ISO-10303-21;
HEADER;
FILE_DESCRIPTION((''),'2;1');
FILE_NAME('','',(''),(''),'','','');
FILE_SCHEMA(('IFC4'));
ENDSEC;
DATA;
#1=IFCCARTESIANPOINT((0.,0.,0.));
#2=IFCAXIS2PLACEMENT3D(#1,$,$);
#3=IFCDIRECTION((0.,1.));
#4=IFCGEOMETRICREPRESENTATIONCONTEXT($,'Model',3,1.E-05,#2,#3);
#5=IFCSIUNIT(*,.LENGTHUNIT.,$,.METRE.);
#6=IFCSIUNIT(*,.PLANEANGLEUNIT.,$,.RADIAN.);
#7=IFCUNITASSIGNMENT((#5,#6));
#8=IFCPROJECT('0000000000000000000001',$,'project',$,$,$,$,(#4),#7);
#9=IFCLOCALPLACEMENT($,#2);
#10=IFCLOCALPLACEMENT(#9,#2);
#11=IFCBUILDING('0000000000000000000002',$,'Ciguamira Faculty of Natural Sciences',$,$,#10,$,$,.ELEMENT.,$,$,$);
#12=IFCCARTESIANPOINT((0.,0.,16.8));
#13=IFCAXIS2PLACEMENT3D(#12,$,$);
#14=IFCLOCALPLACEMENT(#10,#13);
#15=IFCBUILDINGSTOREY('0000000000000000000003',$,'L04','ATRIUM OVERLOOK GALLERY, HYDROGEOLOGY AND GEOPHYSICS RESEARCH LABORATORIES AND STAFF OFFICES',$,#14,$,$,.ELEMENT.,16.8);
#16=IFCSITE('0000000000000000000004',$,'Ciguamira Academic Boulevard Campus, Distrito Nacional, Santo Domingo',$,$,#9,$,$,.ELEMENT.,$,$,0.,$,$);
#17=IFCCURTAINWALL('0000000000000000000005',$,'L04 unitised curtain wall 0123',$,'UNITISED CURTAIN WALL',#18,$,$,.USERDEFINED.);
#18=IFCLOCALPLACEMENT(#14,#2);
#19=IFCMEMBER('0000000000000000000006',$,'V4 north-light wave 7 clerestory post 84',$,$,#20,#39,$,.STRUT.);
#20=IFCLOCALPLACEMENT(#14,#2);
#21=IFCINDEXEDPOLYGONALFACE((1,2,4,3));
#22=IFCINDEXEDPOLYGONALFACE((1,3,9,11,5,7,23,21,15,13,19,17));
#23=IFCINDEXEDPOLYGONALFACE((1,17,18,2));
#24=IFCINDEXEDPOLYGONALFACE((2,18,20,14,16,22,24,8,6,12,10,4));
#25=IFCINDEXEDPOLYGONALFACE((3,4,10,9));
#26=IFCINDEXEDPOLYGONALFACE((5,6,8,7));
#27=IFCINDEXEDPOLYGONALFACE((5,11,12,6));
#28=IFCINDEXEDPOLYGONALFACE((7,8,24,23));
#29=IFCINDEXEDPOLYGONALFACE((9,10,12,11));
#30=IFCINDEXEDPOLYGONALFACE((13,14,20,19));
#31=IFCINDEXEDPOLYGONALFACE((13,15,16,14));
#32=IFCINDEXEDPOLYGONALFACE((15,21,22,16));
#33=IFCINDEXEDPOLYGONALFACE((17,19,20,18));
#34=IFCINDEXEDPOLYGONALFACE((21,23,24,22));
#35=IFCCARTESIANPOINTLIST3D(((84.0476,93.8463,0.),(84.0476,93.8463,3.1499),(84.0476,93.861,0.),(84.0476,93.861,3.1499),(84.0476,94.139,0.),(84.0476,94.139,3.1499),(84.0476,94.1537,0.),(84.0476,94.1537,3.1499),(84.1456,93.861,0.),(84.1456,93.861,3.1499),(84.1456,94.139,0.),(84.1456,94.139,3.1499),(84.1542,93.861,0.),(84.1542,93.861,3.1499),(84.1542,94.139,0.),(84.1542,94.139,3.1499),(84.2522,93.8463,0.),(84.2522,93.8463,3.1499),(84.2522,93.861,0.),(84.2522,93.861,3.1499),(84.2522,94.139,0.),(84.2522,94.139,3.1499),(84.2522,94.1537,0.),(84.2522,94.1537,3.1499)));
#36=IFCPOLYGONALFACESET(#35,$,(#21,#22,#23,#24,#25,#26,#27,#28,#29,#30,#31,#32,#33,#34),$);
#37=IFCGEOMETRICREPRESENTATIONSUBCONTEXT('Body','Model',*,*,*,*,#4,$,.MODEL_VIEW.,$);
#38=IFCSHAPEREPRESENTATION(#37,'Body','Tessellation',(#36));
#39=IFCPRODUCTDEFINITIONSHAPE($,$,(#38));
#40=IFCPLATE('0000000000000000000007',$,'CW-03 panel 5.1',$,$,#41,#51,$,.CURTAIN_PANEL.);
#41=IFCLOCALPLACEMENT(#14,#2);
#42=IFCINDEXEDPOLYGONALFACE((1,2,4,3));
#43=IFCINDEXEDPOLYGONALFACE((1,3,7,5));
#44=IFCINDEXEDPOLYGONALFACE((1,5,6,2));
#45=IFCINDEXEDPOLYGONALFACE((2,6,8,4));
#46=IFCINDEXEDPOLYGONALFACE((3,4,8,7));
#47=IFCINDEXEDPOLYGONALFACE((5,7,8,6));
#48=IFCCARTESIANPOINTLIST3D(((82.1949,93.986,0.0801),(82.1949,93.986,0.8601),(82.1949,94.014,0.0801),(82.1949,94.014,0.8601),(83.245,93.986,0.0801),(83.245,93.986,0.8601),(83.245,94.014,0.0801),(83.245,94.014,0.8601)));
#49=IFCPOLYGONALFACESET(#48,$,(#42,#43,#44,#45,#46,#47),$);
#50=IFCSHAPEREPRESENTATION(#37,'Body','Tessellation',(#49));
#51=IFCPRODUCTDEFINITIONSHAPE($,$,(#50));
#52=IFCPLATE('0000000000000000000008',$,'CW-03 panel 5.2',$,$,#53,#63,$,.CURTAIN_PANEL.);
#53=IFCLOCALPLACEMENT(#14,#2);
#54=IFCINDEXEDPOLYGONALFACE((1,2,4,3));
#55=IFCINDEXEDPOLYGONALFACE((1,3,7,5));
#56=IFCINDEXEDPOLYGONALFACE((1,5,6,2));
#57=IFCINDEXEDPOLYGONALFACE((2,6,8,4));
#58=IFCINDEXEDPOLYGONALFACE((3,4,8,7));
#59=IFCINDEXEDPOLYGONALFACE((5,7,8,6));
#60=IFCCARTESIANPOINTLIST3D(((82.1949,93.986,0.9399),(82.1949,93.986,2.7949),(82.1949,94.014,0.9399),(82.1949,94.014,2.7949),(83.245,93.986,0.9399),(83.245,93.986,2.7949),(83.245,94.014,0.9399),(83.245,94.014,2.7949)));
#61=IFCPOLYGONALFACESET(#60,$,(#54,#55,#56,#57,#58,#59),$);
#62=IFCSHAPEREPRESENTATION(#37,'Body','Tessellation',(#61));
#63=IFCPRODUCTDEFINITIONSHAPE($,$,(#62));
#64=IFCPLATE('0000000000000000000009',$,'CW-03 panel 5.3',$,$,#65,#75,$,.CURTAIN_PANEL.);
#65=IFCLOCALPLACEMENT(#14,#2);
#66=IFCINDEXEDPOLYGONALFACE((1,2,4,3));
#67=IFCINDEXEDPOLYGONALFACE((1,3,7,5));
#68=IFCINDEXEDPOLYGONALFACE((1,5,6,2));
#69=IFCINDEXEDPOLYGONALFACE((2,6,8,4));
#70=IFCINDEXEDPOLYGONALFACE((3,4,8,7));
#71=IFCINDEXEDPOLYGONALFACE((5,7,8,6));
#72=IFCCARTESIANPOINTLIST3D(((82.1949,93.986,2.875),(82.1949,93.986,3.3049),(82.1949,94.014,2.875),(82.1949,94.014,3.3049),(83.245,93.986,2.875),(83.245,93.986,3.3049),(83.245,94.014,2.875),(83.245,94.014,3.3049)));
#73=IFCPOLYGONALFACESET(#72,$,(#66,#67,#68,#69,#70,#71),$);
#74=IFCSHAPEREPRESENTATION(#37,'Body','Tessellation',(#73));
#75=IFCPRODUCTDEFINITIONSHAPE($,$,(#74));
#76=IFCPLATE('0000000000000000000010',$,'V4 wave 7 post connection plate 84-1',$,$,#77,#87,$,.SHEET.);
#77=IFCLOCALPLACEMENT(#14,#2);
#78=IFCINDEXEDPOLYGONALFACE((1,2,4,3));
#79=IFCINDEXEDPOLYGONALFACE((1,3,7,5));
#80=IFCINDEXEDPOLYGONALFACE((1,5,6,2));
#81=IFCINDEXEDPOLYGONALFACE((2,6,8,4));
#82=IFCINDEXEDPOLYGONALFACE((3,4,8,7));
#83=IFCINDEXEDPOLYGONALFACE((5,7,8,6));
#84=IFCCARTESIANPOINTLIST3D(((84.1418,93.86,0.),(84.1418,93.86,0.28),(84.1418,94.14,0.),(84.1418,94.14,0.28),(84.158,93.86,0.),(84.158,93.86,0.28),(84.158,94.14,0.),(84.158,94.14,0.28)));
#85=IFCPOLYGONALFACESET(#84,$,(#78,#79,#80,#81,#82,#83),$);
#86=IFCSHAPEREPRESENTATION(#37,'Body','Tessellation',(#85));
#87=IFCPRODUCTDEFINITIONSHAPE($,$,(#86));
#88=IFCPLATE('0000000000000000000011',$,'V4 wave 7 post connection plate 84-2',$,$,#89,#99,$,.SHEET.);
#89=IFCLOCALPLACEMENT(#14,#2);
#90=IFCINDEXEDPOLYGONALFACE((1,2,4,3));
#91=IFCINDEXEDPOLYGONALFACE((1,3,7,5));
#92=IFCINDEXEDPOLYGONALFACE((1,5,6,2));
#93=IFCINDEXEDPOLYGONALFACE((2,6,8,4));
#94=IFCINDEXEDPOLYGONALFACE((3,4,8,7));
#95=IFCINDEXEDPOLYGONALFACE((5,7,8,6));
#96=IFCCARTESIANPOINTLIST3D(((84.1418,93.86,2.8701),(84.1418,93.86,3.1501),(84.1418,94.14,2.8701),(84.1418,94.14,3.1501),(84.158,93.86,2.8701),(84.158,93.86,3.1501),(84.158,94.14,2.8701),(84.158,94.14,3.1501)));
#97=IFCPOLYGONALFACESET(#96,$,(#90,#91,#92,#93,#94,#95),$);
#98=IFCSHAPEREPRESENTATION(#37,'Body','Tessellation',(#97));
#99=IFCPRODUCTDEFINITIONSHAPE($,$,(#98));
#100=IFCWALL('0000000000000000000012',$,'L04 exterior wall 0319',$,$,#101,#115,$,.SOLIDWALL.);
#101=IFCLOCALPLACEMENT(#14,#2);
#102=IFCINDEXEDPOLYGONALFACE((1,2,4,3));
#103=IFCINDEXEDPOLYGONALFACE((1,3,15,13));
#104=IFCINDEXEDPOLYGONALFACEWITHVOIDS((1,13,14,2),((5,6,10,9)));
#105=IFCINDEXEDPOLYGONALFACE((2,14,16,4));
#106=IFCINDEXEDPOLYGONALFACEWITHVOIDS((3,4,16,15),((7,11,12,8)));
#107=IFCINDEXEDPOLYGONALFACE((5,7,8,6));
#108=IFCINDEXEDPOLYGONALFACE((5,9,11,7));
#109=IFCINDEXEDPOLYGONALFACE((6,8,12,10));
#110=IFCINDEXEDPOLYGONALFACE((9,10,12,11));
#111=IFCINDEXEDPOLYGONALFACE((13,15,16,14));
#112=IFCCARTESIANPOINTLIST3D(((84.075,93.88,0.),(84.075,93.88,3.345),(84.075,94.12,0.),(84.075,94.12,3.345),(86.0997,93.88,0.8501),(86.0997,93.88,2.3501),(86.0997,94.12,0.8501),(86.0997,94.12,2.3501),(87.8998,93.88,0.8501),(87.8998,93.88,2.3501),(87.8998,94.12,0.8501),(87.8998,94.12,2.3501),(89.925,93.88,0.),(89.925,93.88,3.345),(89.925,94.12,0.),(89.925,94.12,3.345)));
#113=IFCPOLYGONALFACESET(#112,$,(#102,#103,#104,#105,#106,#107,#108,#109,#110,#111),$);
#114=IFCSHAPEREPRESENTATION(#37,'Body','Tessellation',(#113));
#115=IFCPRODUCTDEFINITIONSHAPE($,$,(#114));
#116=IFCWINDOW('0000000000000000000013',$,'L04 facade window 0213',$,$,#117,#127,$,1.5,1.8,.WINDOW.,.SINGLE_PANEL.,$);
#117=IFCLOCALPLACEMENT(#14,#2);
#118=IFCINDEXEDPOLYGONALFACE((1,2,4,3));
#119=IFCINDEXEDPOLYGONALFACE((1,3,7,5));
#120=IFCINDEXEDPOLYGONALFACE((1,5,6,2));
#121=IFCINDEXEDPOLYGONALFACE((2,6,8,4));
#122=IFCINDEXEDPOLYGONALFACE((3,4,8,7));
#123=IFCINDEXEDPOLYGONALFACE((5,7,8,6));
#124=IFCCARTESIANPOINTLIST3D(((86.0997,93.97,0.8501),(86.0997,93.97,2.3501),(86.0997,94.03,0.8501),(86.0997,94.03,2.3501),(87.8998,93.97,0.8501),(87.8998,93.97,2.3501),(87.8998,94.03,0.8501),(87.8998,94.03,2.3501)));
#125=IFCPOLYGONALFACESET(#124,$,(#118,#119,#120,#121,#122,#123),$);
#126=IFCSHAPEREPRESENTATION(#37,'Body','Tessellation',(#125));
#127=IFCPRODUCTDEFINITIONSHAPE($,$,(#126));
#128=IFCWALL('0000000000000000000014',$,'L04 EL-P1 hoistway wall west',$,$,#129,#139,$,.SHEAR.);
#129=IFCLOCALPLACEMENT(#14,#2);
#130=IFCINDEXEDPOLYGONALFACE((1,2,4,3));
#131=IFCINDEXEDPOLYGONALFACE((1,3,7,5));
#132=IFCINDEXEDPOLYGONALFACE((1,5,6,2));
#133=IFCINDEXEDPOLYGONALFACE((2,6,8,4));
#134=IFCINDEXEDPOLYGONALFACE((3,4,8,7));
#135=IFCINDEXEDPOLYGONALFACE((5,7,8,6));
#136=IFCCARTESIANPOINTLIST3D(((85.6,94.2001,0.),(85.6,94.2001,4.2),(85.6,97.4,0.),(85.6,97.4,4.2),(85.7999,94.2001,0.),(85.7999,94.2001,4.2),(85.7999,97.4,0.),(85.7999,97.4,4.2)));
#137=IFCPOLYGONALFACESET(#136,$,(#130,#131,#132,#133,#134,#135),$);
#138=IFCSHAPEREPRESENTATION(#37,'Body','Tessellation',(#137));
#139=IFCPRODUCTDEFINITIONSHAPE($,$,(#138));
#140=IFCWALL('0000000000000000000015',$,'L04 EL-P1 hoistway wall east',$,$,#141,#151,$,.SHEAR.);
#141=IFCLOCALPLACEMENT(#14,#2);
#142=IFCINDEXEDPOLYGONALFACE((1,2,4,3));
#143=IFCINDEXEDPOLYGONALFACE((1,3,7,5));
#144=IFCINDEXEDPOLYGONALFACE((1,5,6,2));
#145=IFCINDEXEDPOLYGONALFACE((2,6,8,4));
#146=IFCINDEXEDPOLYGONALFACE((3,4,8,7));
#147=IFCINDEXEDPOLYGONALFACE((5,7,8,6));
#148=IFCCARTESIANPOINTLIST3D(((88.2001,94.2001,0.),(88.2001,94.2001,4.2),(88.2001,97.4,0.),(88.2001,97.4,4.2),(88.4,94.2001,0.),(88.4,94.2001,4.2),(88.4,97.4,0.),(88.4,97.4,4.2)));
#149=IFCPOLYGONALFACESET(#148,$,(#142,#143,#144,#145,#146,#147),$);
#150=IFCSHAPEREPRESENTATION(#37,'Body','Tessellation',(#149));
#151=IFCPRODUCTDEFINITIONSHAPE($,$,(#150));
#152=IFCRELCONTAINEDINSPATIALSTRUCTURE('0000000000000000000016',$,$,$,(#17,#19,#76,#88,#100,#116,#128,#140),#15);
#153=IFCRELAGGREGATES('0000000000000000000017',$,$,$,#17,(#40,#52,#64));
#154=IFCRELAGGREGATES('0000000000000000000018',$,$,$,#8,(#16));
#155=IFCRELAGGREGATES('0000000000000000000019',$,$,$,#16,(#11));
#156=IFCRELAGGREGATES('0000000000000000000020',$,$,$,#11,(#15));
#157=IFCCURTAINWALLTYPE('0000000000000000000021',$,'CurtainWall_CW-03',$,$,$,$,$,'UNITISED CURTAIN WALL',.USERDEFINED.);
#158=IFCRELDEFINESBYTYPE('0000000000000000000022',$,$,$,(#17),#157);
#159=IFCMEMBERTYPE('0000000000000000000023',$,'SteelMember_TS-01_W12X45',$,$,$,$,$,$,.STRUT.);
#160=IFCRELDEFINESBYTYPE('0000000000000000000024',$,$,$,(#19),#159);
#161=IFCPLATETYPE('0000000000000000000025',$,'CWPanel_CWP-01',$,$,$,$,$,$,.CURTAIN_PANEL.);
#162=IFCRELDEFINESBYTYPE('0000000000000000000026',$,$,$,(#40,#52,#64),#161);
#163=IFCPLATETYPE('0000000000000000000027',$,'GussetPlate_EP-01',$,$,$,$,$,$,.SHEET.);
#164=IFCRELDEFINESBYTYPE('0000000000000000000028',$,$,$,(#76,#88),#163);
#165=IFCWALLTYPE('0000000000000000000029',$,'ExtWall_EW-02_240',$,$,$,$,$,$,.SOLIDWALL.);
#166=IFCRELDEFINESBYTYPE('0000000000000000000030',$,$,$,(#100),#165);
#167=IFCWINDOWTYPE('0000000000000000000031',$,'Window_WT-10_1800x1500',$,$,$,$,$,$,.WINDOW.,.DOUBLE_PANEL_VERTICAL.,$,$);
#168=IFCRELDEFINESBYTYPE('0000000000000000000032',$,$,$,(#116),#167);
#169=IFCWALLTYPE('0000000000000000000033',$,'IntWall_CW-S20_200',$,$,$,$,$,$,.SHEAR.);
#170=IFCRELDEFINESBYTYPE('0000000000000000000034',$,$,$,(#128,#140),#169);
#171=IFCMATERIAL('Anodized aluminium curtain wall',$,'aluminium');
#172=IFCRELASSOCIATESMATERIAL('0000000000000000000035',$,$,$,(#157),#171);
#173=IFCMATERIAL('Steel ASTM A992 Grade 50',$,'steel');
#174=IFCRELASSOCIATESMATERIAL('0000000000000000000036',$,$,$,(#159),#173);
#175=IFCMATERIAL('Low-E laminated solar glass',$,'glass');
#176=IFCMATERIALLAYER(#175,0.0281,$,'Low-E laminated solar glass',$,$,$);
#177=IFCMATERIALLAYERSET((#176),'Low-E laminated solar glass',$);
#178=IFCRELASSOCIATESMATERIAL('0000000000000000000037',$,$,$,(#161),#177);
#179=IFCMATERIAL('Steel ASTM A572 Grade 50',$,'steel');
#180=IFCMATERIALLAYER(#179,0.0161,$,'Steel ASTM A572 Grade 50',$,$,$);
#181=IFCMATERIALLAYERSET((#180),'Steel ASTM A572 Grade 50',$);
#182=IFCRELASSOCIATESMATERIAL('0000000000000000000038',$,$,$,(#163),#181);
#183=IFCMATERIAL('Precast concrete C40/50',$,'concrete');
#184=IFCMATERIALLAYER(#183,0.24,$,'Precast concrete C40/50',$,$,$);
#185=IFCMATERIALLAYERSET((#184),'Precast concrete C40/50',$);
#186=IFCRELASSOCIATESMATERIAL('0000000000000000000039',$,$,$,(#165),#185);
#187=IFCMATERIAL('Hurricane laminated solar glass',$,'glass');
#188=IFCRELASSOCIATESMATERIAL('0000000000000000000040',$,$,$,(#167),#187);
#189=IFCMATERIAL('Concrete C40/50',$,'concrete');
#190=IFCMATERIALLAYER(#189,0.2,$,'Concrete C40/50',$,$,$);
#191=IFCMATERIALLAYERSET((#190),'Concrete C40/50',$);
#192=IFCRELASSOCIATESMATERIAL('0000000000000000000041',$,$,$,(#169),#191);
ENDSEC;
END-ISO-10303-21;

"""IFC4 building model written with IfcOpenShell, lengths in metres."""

from ifc_helpers import new_model, si_unit, direction, frame, frame_2d, origin, origin_2d, place, context, subcontext, project, spatial, rectangle, i_section, extrude, material, layer, layer_set, material_profile, profile_set, type_object, element, fill, aggregate, save


model = new_model("IFC4")

# Units and contexts
model_context = context("Model", 3, precision=1e-05, world=origin(), true_north=direction((0.0, 1.0)))
body_context = subcontext(model_context, "Body", "Model", "MODEL_VIEW")
ifc_project = project(units=[si_unit("LENGTHUNIT", "METRE"), si_unit("PLANEANGLEUNIT", "RADIAN")], contexts=[model_context])

# Site, building, storey
site_placement = place(None, origin())
site = spatial("IfcSite", under=ifc_project, at=site_placement, Name="Ciguamira Academic Boulevard Campus, Distrito Nacional, Santo Domingo", CompositionType="ELEMENT", RefElevation=0.0)
building_placement = place(site_placement, origin())
building = spatial("IfcBuilding", under=site, at=building_placement, Name="Ciguamira Faculty of Natural Sciences", CompositionType="ELEMENT")
storey_placement = place(building_placement, frame((0.0, 0.0, 16.8)))
storey = spatial("IfcBuildingStorey", under=building, at=storey_placement, Name="L04", Description="ATRIUM OVERLOOK GALLERY, HYDROGEOLOGY AND GEOPHYSICS RESEARCH LABORATORIES AND STAFF OFFICES", CompositionType="ELEMENT", Elevation=16.8)

# Shared definitions
ifc_material_1 = material(Name="Anodized aluminium curtain wall", Category="aluminium")

# Curtain wall
curtain_wall_type_1 = type_object("IfcCurtainWallType", Name="CurtainWall_CW-03", ElementType="UNITISED CURTAIN WALL", PredefinedType="USERDEFINED", material=ifc_material_1)
curtain_wall_1_placement = place(storey_placement, origin())
curtain_wall_1 = element("IfcCurtainWall", 1, at=curtain_wall_1_placement, inside=storey, type_object=curtain_wall_type_1, Name="L04 unitised curtain wall 0123", ObjectType="UNITISED CURTAIN WALL", PredefinedType="USERDEFINED")

# Shared definitions
ifc_material_2 = material(Name="Concrete C40/50", Category="concrete")

# Member
ifc_material_3 = material(Name="Steel ASTM A992 Grade 50", Category="steel")
ifc_material_profile_1 = material_profile(ifc_material_3, i_section(OverallWidth=0.2046, OverallDepth=0.3074, WebThickness=0.0085, FlangeThickness=0.0146, at=origin_2d()), Name="W12X45")
ifc_profile_set_1 = profile_set([ifc_material_profile_1], Name="Steel ASTM A992 Grade 50")
member_type_1 = type_object("IfcMemberType", Name="SteelMember_TS-01_W12X45", PredefinedType="STRUT", material=ifc_profile_set_1)
member_1_placement = place(storey_placement, frame((84.1499, 94.0, 0.0), z_axis=(0.0, 0.0, 1.0), x_axis=(1.0, 0.0, 0.0)))
element("IfcMember", 2, at=member_1_placement, inside=storey, type_object=member_type_1, Name="V4 north-light wave 7 clerestory post 84", PredefinedType="STRUT", context=body_context, shape_type="SweptSolid", body=[
    extrude(i_section(OverallWidth=0.2046, OverallDepth=0.3074, WebThickness=0.0085, FlangeThickness=0.0146, at=origin_2d()), origin(), (0.0, 0.0, 1.0), 3.1499),
])

# Plates
ifc_material_4 = material(Name="Low-E laminated solar glass", Category="glass")
ifc_layer_1 = layer(ifc_material_4, 0.0281, Name="Low-E laminated solar glass")
ifc_layer_set_1 = layer_set([ifc_layer_1], Name="Low-E laminated solar glass")
plate_type_1 = type_object("IfcPlateType", Name="CWPanel_CWP-01", PredefinedType="CURTAIN_PANEL", material=ifc_layer_set_1)
plate_1_placement = place(storey_placement, frame((82.72, 94.0, 0.0801), z_axis=(0.0, 0.0, 1.0), x_axis=(1.0, 0.0, 0.0)))
plate_1 = element("IfcPlate", 3, at=plate_1_placement, type_object=plate_type_1, Name="CW-03 panel 5.1", PredefinedType="CURTAIN_PANEL", context=body_context, shape_type="SweptSolid", body=[
    extrude(rectangle(XDim=1.05, YDim=0.0281, at=origin_2d()), origin(), (0.0, 0.0, 1.0), 0.78),
])
plate_2_placement = place(storey_placement, frame((82.72, 94.0, 0.9399), z_axis=(0.0, 0.0, 1.0), x_axis=(1.0, 0.0, 0.0)))
plate_2 = element("IfcPlate", 4, at=plate_2_placement, type_object=plate_type_1, Name="CW-03 panel 5.2", PredefinedType="CURTAIN_PANEL", context=body_context, shape_type="SweptSolid", body=[
    extrude(rectangle(XDim=1.05, YDim=0.0281, at=origin_2d()), origin(), (0.0, 0.0, 1.0), 1.855),
])
plate_3_placement = place(storey_placement, frame((82.72, 94.0, 2.875), z_axis=(0.0, 0.0, 1.0), x_axis=(1.0, 0.0, 0.0)))
plate_3 = element("IfcPlate", 5, at=plate_3_placement, type_object=plate_type_1, Name="CW-03 panel 5.3", PredefinedType="CURTAIN_PANEL", context=body_context, shape_type="SweptSolid", body=[
    extrude(rectangle(XDim=1.05, YDim=0.0281, at=origin_2d()), origin(), (0.0, 0.0, 1.0), 0.4299),
])
aggregate(curtain_wall_1, [plate_1, plate_2, plate_3])

# Plates
ifc_material_5 = material(Name="Steel ASTM A572 Grade 50", Category="steel")
ifc_layer_2 = layer(ifc_material_5, 0.0161, Name="Steel ASTM A572 Grade 50")
ifc_layer_set_2 = layer_set([ifc_layer_2], Name="Steel ASTM A572 Grade 50")
plate_type_2 = type_object("IfcPlateType", Name="GussetPlate_EP-01", PredefinedType="SHEET", material=ifc_layer_set_2)
for number, where, z_axis, x_axis, name in (
    (6, (84.1499, 94.0, 0.0), (0.0, 0.0, 1.0), (1.0, 0.0, 0.0), "V4 wave 7 post connection plate 84-1"),
    (7, (84.1499, 94.0, 2.8701), (0.0, 0.0, 1.0), (1.0, 0.0, 0.0), "V4 wave 7 post connection plate 84-2"),
):
    element("IfcPlate", number, at=place(storey_placement, frame(where, z_axis=z_axis, x_axis=x_axis)), inside=storey, type_object=plate_type_2, Name=name, PredefinedType="SHEET", context=body_context, shape_type="SweptSolid", body=[
        extrude(rectangle(XDim=0.0161, YDim=0.28, at=origin_2d()), origin(), (0.0, 0.0, 1.0), 0.28),
    ])

# Wall, opening, window
ifc_material_6 = material(Name="Precast concrete C40/50", Category="concrete")
ifc_layer_3 = layer(ifc_material_6, 0.24, Name="Precast concrete C40/50")
ifc_layer_set_3 = layer_set([ifc_layer_3], Name="Precast concrete C40/50")
wall_type_1 = type_object("IfcWallType", Name="ExtWall_EW-02_240", PredefinedType="SOLIDWALL", material=ifc_layer_set_3)
wall_placement = place(storey_placement, frame((84.075, 94.0, 0.0), z_axis=(0.0, 0.0, 1.0), x_axis=(1.0, 0.0, 0.0)))
wall = element("IfcWall", 8, at=wall_placement, inside=storey, type_object=wall_type_1, Name="L04 exterior wall 0319", PredefinedType="SOLIDWALL", context=body_context, shape_type="SweptSolid", body=[
    extrude(rectangle(XDim=5.8501, YDim=0.24, at=frame_2d((2.925, 0.0))), origin(), (0.0, 0.0, 1.0), 3.345),
])
opening_placement = place(wall_placement, frame((2.0249, 0.0, 0.8501)))
opening = element("IfcOpeningElement", 9, at=opening_placement, cuts=wall, PredefinedType="OPENING", context=body_context, shape_type="SweptSolid", body=[
    extrude(rectangle(XDim=1.8, YDim=1.5, at=frame_2d((0.8999, 0.75))), frame((0.0, 0.1299, 0.0), z_axis=(0.0, -1.0, 0.0), x_axis=(1.0, 0.0, 0.0)), (0.0, 0.0, 1.0), 0.26),
])
ifc_material_7 = material(Name="Hurricane laminated solar glass", Category="glass")
window_type = type_object("IfcWindowType", Name="Window_WT-10_1800x1500", PartitioningType="DOUBLE_PANEL_VERTICAL", PredefinedType="WINDOW", material=ifc_material_7)
window_placement = place(opening_placement, origin())
window = element("IfcWindow", 10, at=window_placement, inside=storey, type_object=window_type, Name="L04 facade window 0213", OverallHeight=1.5, OverallWidth=1.8, PartitioningType="SINGLE_PANEL", PredefinedType="WINDOW", context=body_context, shape_type="SweptSolid", body=[
    extrude(rectangle(XDim=1.8, YDim=1.5, at=frame_2d((0.8999, 0.75))), frame((0.0, 0.03, 0.0), z_axis=(0.0, -1.0, 0.0), x_axis=(1.0, 0.0, 0.0)), (0.0, 0.0, 1.0), 0.0601),
])
fill(opening, window)

# Walls
ifc_layer_4 = layer(ifc_material_2, 0.2, Name="Concrete C40/50")
ifc_layer_set_4 = layer_set([ifc_layer_4], Name="Concrete C40/50")
wall_type_2 = type_object("IfcWallType", Name="IntWall_CW-S20_200", PredefinedType="SHEAR", material=ifc_layer_set_4)
for number, where, z_axis, x_axis, name in (
    (11, (85.7, 94.2, 0.0), (0.0, 0.0, 1.0), (0.0, 1.0, 0.0), "L04 EL-P1 hoistway wall west"),
    (12, (88.3, 94.2, 0.0), (0.0, 0.0, 1.0), (0.0, 1.0, 0.0), "L04 EL-P1 hoistway wall east"),
):
    element("IfcWall", number, at=place(storey_placement, frame(where, z_axis=z_axis, x_axis=x_axis)), inside=storey, type_object=wall_type_2, Name=name, PredefinedType="SHEAR", context=body_context, shape_type="SweptSolid", body=[
        extrude(rectangle(XDim=3.2, YDim=0.2, at=frame_2d((1.6001, 0.0))), origin(), (0.0, 0.0, 1.0), 4.2),
    ])

save(model, "model.ifc")
